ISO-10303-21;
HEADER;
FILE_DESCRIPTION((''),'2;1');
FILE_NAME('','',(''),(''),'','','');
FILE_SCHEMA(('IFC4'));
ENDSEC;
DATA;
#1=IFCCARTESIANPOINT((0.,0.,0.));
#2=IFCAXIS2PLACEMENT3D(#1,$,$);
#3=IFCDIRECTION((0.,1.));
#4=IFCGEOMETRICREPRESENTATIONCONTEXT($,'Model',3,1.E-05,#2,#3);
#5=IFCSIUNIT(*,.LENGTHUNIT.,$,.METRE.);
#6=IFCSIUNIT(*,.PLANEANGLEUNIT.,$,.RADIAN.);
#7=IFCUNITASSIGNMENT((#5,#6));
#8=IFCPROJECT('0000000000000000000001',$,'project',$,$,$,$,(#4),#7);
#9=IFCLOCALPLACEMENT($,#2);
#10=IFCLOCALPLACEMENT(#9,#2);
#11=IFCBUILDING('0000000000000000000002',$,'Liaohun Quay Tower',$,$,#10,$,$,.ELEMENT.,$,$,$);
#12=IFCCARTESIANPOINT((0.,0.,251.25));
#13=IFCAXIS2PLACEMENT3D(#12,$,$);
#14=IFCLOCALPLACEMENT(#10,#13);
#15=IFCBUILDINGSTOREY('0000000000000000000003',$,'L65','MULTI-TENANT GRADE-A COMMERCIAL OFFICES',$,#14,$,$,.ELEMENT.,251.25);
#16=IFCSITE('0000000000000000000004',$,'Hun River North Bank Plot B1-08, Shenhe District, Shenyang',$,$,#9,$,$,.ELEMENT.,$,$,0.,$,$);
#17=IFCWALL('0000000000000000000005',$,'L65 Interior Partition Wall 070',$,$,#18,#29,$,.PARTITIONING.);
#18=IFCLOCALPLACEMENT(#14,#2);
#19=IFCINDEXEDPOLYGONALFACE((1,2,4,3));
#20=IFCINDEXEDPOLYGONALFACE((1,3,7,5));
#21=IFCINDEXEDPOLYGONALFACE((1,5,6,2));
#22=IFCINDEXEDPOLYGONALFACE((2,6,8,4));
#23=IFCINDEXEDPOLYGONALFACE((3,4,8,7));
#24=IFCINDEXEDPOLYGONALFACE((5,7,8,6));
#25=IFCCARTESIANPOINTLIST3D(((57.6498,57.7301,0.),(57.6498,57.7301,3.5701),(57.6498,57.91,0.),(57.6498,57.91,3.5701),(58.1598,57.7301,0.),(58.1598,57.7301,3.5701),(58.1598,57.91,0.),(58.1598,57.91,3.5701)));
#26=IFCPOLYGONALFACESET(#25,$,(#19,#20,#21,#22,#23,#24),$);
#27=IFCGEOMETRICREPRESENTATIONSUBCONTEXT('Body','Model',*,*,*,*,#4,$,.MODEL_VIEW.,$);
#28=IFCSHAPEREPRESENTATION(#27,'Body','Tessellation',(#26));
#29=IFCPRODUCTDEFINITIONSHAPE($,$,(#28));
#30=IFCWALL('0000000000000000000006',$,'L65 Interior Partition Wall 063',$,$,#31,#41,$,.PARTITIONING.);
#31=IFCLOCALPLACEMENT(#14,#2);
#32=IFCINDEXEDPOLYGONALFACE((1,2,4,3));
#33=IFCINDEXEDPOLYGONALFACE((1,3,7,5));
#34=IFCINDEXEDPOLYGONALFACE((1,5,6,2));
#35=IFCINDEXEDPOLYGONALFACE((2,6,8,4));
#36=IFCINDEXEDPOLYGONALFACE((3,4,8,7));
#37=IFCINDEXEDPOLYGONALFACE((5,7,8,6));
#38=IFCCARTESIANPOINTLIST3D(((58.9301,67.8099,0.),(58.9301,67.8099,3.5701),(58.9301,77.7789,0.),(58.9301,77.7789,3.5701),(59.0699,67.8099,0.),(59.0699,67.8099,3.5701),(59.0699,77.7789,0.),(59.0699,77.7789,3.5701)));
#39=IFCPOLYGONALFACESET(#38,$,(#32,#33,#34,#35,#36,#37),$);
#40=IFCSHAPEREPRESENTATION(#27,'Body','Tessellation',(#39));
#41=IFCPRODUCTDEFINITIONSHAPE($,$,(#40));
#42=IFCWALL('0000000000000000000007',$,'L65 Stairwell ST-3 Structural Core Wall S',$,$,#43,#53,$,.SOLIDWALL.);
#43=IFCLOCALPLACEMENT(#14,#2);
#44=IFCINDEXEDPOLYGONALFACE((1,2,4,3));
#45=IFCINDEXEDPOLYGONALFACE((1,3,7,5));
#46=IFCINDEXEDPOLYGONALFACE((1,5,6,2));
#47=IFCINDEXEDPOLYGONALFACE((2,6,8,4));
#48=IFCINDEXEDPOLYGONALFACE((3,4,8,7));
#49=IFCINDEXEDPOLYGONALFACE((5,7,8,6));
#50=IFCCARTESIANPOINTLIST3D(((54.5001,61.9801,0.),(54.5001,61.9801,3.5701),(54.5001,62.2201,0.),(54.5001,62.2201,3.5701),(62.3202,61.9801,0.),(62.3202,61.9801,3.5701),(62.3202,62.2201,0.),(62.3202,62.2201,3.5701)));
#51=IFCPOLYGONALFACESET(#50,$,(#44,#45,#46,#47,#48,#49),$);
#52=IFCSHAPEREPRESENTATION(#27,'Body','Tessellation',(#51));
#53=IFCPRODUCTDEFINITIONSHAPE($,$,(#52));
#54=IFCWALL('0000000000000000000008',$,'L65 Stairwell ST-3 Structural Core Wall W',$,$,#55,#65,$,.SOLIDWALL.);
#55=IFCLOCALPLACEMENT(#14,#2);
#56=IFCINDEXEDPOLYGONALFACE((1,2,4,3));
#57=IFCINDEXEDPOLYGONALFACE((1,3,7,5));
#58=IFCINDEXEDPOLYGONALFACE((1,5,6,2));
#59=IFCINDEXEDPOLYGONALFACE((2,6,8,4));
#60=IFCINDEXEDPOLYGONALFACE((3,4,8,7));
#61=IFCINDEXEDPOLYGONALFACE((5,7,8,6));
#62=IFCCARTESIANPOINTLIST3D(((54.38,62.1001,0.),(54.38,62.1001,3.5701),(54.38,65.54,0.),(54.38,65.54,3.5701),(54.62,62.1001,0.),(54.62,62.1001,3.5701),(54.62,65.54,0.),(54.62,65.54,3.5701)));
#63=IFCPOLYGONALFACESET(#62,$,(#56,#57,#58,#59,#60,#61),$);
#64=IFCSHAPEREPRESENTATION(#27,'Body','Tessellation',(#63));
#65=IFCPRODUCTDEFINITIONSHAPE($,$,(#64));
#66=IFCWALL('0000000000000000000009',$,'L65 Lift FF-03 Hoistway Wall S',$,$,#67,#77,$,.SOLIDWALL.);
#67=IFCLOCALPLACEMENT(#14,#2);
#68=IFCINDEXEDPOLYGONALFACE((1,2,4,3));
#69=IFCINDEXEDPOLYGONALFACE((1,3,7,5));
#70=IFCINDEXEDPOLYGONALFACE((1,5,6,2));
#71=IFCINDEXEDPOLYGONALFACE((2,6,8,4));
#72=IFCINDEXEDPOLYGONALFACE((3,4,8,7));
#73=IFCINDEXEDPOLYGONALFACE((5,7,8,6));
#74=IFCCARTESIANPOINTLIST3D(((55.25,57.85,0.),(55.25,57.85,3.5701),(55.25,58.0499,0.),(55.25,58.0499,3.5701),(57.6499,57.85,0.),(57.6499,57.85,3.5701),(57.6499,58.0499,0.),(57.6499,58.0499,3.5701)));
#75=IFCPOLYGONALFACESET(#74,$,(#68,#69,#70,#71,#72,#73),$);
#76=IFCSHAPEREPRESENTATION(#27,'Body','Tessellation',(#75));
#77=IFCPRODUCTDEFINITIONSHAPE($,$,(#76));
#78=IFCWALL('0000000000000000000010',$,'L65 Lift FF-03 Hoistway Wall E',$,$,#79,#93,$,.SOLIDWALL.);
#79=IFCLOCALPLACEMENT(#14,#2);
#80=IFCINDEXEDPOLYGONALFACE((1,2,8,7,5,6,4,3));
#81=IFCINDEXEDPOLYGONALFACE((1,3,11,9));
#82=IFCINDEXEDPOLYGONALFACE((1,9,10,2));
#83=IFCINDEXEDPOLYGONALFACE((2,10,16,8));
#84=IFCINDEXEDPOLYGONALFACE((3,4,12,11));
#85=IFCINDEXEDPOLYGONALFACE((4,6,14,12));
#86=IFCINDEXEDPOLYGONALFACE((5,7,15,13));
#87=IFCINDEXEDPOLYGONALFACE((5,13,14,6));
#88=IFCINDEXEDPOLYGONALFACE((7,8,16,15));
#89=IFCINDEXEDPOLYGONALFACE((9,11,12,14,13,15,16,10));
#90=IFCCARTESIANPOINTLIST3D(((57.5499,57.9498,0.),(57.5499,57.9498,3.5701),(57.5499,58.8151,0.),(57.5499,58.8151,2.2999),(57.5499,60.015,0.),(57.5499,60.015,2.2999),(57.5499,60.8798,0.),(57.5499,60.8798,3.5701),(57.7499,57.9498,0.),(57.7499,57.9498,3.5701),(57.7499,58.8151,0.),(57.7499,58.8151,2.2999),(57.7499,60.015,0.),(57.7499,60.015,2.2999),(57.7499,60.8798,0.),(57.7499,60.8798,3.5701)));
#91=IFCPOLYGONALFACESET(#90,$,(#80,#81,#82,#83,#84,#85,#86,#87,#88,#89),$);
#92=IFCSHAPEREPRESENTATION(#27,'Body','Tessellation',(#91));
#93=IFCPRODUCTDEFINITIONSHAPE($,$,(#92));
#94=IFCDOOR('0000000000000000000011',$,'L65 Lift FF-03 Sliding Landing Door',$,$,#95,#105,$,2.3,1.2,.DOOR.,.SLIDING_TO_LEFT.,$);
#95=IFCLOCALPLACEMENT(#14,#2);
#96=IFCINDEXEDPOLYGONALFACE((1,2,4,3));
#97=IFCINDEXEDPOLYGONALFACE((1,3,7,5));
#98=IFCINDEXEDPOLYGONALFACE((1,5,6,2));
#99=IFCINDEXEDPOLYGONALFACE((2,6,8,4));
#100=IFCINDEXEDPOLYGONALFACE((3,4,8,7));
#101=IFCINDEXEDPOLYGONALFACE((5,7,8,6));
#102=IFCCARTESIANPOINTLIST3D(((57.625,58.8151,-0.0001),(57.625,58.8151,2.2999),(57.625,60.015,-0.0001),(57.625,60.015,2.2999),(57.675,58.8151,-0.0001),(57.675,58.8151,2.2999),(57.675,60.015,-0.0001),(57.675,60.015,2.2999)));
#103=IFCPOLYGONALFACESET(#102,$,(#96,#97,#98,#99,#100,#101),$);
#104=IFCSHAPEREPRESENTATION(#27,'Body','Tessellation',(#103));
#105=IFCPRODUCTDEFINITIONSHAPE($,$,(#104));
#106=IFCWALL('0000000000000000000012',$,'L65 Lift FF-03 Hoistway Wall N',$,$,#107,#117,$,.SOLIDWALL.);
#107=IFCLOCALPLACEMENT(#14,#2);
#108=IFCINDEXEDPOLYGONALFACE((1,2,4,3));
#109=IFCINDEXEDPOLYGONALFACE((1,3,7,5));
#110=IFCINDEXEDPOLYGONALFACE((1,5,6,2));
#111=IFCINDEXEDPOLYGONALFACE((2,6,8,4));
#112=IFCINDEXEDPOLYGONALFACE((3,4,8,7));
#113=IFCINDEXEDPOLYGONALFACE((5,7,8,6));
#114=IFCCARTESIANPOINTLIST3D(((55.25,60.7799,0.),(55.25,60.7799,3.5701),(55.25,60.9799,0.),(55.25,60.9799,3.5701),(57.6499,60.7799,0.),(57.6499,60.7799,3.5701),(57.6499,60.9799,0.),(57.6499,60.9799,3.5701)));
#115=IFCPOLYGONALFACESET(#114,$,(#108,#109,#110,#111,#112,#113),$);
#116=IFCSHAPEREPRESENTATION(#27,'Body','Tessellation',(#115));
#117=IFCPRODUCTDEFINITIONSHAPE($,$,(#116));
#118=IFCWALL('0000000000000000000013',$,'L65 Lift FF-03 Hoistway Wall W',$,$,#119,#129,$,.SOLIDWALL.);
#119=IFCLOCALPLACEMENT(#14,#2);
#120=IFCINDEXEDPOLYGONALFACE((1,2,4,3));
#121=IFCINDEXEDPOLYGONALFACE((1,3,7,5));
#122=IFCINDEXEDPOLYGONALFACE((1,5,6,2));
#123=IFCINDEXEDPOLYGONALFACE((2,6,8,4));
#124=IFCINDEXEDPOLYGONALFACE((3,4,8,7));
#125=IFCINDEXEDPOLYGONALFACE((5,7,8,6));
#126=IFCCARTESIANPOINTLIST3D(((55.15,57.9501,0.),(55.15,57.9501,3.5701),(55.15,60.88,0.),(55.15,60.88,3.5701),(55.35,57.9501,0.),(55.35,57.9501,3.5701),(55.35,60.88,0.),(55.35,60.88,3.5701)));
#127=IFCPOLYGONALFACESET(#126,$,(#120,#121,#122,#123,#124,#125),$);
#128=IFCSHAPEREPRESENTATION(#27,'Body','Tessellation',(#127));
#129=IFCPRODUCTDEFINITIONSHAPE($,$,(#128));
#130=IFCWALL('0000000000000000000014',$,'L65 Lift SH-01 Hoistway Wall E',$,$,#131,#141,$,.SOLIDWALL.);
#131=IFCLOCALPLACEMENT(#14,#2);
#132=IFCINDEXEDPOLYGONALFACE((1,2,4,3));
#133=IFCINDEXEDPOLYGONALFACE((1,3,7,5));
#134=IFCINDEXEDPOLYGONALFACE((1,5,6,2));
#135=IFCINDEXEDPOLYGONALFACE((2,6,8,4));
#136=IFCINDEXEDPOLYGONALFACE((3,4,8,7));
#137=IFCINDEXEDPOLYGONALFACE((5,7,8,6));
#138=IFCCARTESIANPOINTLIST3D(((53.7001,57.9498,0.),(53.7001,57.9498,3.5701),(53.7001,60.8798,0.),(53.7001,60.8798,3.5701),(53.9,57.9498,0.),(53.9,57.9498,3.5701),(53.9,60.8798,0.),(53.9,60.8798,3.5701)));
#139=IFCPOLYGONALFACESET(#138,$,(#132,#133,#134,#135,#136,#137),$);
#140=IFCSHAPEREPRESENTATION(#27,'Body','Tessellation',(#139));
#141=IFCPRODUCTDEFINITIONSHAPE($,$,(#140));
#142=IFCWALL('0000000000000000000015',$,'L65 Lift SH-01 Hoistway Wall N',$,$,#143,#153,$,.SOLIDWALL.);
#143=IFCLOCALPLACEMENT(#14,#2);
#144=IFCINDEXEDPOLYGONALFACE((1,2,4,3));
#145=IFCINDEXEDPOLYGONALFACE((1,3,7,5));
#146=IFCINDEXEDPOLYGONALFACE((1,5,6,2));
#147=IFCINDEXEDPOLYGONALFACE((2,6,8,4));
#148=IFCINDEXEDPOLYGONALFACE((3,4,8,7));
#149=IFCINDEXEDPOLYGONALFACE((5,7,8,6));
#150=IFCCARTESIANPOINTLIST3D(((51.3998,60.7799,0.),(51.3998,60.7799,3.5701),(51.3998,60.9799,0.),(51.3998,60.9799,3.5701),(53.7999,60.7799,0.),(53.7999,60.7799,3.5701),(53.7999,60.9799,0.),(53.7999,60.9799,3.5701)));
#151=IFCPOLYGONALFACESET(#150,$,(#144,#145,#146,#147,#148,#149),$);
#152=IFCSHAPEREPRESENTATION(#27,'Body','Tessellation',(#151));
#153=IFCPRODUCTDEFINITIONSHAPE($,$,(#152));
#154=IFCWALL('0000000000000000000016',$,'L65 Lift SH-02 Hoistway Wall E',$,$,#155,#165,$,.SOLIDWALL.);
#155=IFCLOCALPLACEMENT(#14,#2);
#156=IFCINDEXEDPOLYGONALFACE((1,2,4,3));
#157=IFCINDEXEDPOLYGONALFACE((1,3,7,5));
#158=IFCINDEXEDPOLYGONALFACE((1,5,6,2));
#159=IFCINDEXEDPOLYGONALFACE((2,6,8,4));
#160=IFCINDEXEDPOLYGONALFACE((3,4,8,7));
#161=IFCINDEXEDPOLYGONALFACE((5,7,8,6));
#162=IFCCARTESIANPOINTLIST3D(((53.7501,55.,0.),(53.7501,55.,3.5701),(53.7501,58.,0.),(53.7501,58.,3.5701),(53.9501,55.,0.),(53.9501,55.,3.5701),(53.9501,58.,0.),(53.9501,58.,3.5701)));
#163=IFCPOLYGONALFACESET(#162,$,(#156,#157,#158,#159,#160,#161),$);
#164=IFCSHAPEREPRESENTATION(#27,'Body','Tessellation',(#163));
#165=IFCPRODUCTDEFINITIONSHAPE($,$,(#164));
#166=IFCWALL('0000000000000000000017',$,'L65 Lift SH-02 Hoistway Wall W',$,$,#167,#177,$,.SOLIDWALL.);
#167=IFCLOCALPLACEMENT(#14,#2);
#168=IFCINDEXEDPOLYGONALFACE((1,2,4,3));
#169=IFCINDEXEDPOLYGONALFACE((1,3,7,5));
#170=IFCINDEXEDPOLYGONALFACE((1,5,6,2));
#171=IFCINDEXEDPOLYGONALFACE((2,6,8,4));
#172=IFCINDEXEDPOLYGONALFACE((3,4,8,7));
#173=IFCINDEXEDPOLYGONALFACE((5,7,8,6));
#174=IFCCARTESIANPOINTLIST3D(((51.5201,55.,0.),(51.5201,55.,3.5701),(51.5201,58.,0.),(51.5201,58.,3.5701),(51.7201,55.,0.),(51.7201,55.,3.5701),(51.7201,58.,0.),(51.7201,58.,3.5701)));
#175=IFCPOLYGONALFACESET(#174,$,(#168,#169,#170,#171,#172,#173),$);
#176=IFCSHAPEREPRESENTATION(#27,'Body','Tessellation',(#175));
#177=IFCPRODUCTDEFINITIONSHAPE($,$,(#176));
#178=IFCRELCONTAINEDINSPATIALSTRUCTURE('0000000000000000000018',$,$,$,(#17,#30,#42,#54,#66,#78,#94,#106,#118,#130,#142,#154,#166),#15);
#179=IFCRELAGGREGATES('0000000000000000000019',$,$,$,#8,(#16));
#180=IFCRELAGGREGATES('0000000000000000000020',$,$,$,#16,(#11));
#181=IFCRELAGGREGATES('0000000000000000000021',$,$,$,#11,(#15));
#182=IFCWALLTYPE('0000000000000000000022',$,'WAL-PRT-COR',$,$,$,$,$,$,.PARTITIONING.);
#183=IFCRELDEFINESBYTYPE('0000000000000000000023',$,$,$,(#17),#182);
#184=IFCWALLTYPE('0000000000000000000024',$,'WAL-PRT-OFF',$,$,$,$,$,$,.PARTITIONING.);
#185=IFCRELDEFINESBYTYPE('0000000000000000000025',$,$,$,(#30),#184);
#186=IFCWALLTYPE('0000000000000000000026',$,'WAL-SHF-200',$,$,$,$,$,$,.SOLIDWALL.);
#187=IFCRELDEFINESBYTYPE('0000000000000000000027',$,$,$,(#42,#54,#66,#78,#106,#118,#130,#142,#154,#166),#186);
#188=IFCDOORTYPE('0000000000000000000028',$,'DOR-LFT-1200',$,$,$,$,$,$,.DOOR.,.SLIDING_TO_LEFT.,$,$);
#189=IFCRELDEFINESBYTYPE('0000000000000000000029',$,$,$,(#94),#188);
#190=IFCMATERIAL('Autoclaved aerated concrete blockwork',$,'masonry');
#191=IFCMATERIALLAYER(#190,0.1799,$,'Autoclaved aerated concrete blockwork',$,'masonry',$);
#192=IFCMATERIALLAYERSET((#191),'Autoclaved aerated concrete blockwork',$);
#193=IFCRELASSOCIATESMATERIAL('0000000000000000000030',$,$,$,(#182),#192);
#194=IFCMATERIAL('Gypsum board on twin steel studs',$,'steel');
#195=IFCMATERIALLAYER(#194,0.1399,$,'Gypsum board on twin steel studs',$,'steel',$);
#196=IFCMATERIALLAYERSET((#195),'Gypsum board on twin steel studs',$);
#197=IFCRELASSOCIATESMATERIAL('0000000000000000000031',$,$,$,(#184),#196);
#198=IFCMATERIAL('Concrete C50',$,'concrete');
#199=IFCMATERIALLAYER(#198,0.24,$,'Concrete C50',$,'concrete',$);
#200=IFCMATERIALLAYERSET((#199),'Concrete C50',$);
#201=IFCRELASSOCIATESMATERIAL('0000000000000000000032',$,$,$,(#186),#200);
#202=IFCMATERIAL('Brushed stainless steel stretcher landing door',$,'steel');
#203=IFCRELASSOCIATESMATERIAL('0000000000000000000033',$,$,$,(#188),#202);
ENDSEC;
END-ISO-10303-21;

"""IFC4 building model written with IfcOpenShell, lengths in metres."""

from ifc_helpers import new_model, si_unit, direction, frame, frame_2d, origin, place, context, subcontext, project, spatial, rectangle, extrude, source, transform, mapped, material, layer, layer_set, type_object, element, fill, save


model = new_model("IFC4")

# Units and contexts
model_context = context("Model", 3, precision=1e-05, world=origin(), true_north=direction((0.0, 1.0)))
body_context = subcontext(model_context, "Body", "Model", "MODEL_VIEW")
ifc_project = project(units=[si_unit("LENGTHUNIT", "METRE"), si_unit("PLANEANGLEUNIT", "RADIAN")], contexts=[model_context])

# Site, building, storey
site_placement = place(None, origin())
site = spatial("IfcSite", under=ifc_project, at=site_placement, Name="Hun River North Bank Plot B1-08, Shenhe District, Shenyang", CompositionType="ELEMENT", RefElevation=0.0)
building_placement = place(site_placement, origin())
building = spatial("IfcBuilding", under=site, at=building_placement, Name="Liaohun Quay Tower", CompositionType="ELEMENT")
storey_placement = place(building_placement, frame((0.0, 0.0, 251.25)))
storey = spatial("IfcBuildingStorey", under=building, at=storey_placement, Name="L65", Description="MULTI-TENANT GRADE-A COMMERCIAL OFFICES", CompositionType="ELEMENT", Elevation=251.25)

# Shared definitions
ifc_material_1 = material(Name="Autoclaved aerated concrete blockwork", Category="masonry")
ifc_layer_1 = layer(ifc_material_1, 0.1799, Name="Autoclaved aerated concrete blockwork", Category="masonry")
ifc_layer_set_1 = layer_set([ifc_layer_1], Name="Autoclaved aerated concrete blockwork")
wall_type_1 = type_object("IfcWallType", Name="WAL-PRT-COR", PredefinedType="PARTITIONING", material=ifc_layer_set_1)

# Walls
wall_1_placement = place(storey_placement, frame((57.6499, 57.8201, 0.0), z_axis=(0.0, 0.0, 1.0), x_axis=(1.0, 0.0, 0.0)))
element("IfcWall", 1, at=wall_1_placement, inside=storey, type_object=wall_type_1, Name="L65 Interior Partition Wall 070", PredefinedType="PARTITIONING", context=body_context, shape_type="SweptSolid", body=[
    extrude(rectangle(XDim=0.51, YDim=0.1799, at=frame_2d((0.2549, 0.0))), origin(), (0.0, 0.0, 1.0), 3.5701),
])
ifc_material_2 = material(Name="Gypsum board on twin steel studs", Category="steel")
ifc_layer_2 = layer(ifc_material_2, 0.1399, Name="Gypsum board on twin steel studs", Category="steel")
ifc_layer_set_2 = layer_set([ifc_layer_2], Name="Gypsum board on twin steel studs")
wall_type_2 = type_object("IfcWallType", Name="WAL-PRT-OFF", PredefinedType="PARTITIONING", material=ifc_layer_set_2)
wall_2_placement = place(storey_placement, frame((59.0, 67.8101, 0.0), z_axis=(0.0, 0.0, 1.0), x_axis=(0.0, 1.0, 0.0)))
element("IfcWall", 2, at=wall_2_placement, inside=storey, type_object=wall_type_2, Name="L65 Interior Partition Wall 063", PredefinedType="PARTITIONING", context=body_context, shape_type="SweptSolid", body=[
    extrude(rectangle(XDim=9.969, YDim=0.1399, at=frame_2d((4.9844, 0.0))), origin(), (0.0, 0.0, 1.0), 3.5701),
])
ifc_material_3 = material(Name="Concrete C50", Category="concrete")
ifc_layer_3 = layer(ifc_material_3, 0.24, Name="Concrete C50", Category="concrete")
ifc_layer_set_3 = layer_set([ifc_layer_3], Name="Concrete C50")
wall_type_3 = type_object("IfcWallType", Name="WAL-SHF-200", PredefinedType="SOLIDWALL", material=ifc_layer_set_3)
wall_3_placement = place(storey_placement, frame((54.5, 62.1001, 0.0), z_axis=(0.0, 0.0, 1.0), x_axis=(1.0, 0.0, 0.0)))
element("IfcWall", 3, at=wall_3_placement, inside=storey, type_object=wall_type_3, Name="L65 Stairwell ST-3 Structural Core Wall S", PredefinedType="SOLIDWALL", context=body_context, shape_type="SweptSolid", body=[
    extrude(rectangle(XDim=7.8201, YDim=0.24, at=frame_2d((3.9102, 0.0))), origin(), (0.0, 0.0, 1.0), 3.5701),
])
wall_4_placement = place(storey_placement, frame((54.5, 65.54, 0.0), z_axis=(0.0, 0.0, 1.0), x_axis=(0.0, -1.0, 0.0)))
element("IfcWall", 4, at=wall_4_placement, inside=storey, type_object=wall_type_3, Name="L65 Stairwell ST-3 Structural Core Wall W", PredefinedType="SOLIDWALL", context=body_context, shape_type="SweptSolid", body=[
    extrude(rectangle(XDim=3.4399, YDim=0.24, at=frame_2d((1.72, 0.0))), origin(), (0.0, 0.0, 1.0), 3.5701),
])
wall_5_placement = place(storey_placement, frame((55.25, 57.95, 0.0), z_axis=(0.0, 0.0, 1.0), x_axis=(1.0, 0.0, 0.0)))
element("IfcWall", 5, at=wall_5_placement, inside=storey, type_object=wall_type_3, Name="L65 Lift FF-03 Hoistway Wall S", PredefinedType="SOLIDWALL", context=body_context, shape_type="SweptSolid", body=[
    extrude(rectangle(XDim=2.3999, YDim=0.2, at=frame_2d((1.2, 0.0))), origin(), (0.0, 0.0, 1.0), 3.5701),
])

# Wall, opening, door
wall_6_placement = place(storey_placement, frame((57.6499, 57.95, 0.0), z_axis=(0.0, 0.0, 1.0), x_axis=(0.0, 1.0, 0.0)))
wall_6 = element("IfcWall", 6, at=wall_6_placement, inside=storey, type_object=wall_type_3, Name="L65 Lift FF-03 Hoistway Wall E", PredefinedType="SOLIDWALL", context=body_context, shape_type="SweptSolid", body=[
    extrude(rectangle(XDim=2.9299, YDim=0.2, at=frame_2d((1.4648, 0.0))), origin(), (0.0, 0.0, 1.0), 3.5701),
])
shared_shape_1 = source(origin(), body_context, "Body", "SweptSolid", [
    extrude(rectangle(XDim=1.2, YDim=2.3, at=frame_2d((0.6001, 1.1499))), frame((0.0, 0.1099, 0.0), z_axis=(0.0, -1.0, 0.0), x_axis=(1.0, 0.0, 0.0)), (0.0, 0.0, 1.0), 0.22),
])
opening_1_placement = place(wall_6_placement, frame((0.865, 0.0, 0.0)))
opening_1 = element("IfcOpeningElement", 7, at=opening_1_placement, cuts=wall_6, PredefinedType="OPENING", context=body_context, shape_type="MappedRepresentation", body=[
    mapped(shared_shape_1, transform((0.0, 0.0, 0.0), x_axis=(1.0, 0.0, 0.0), y_axis=(0.0, 1.0, 0.0), z_axis=(0.0, 0.0, 1.0), scale=1.0)),
])
ifc_material_4 = material(Name="Brushed stainless steel stretcher landing door", Category="steel")
door_type_1 = type_object("IfcDoorType", Name="DOR-LFT-1200", OperationType="SLIDING_TO_LEFT", PredefinedType="DOOR", material=ifc_material_4)
shared_shape_2 = source(origin(), body_context, "Body", "SweptSolid", [
    extrude(rectangle(XDim=1.2, YDim=2.3, at=frame_2d((0.6001, 1.1499))), frame((0.0, 0.0249, 0.0), z_axis=(0.0, -1.0, 0.0), x_axis=(1.0, 0.0, 0.0)), (0.0, 0.0, 1.0), 0.05),
])
door_1_placement = place(opening_1_placement, origin())
door_1 = element("IfcDoor", 8, at=door_1_placement, inside=storey, type_object=door_type_1, Name="L65 Lift FF-03 Sliding Landing Door", OperationType="SLIDING_TO_LEFT", OverallHeight=2.3, OverallWidth=1.2, PredefinedType="DOOR", context=body_context, shape_type="MappedRepresentation", body=[
    mapped(shared_shape_2, transform((0.0, 0.0, 0.0), x_axis=(1.0, 0.0, 0.0), y_axis=(0.0, 1.0, 0.0), z_axis=(0.0, 0.0, 1.0), scale=1.0)),
])
fill(opening_1, door_1)

# Walls
wall_7_placement = place(storey_placement, frame((57.6499, 60.8799, 0.0), z_axis=(0.0, 0.0, 1.0), x_axis=(-1.0, 0.0, 0.0)))
element("IfcWall", 9, at=wall_7_placement, inside=storey, type_object=wall_type_3, Name="L65 Lift FF-03 Hoistway Wall N", PredefinedType="SOLIDWALL", context=body_context, shape_type="SweptSolid", body=[
    extrude(rectangle(XDim=2.3999, YDim=0.2, at=frame_2d((1.2, 0.0))), origin(), (0.0, 0.0, 1.0), 3.5701),
])
for number, where, z_axis, x_axis, name in (
    (10, (55.25, 60.8799, 0.0), (0.0, 0.0, 1.0), (0.0, -1.0, 0.0), "L65 Lift FF-03 Hoistway Wall W"),
    (11, (53.8, 57.95, 0.0), (0.0, 0.0, 1.0), (0.0, 1.0, 0.0), "L65 Lift SH-01 Hoistway Wall E"),
):
    element("IfcWall", number, at=place(storey_placement, frame(where, z_axis=z_axis, x_axis=x_axis)), inside=storey, type_object=wall_type_3, Name=name, PredefinedType="SOLIDWALL", context=body_context, shape_type="SweptSolid", body=[
        extrude(rectangle(XDim=2.9299, YDim=0.2, at=frame_2d((1.4648, 0.0))), origin(), (0.0, 0.0, 1.0), 3.5701),
    ])
wall_8_placement = place(storey_placement, frame((53.8, 60.8799, 0.0), z_axis=(0.0, 0.0, 1.0), x_axis=(-1.0, 0.0, 0.0)))
element("IfcWall", 12, at=wall_8_placement, inside=storey, type_object=wall_type_3, Name="L65 Lift SH-01 Hoistway Wall N", PredefinedType="SOLIDWALL", context=body_context, shape_type="SweptSolid", body=[
    extrude(rectangle(XDim=2.4001, YDim=0.2, at=frame_2d((1.2002, 0.0))), origin(), (0.0, 0.0, 1.0), 3.5701),
])
for number, where, z_axis, x_axis, name in (
    (13, (53.8501, 55.0, 0.0), (0.0, 0.0, 1.0), (0.0, 1.0, 0.0), "L65 Lift SH-02 Hoistway Wall E"),
    (14, (51.6201, 58.0, 0.0), (0.0, 0.0, 1.0), (0.0, -1.0, 0.0), "L65 Lift SH-02 Hoistway Wall W"),
):
    element("IfcWall", number, at=place(storey_placement, frame(where, z_axis=z_axis, x_axis=x_axis)), inside=storey, type_object=wall_type_3, Name=name, PredefinedType="SOLIDWALL", context=body_context, shape_type="SweptSolid", body=[
        extrude(rectangle(XDim=3.0, YDim=0.2, at=frame_2d((1.5, 0.0))), origin(), (0.0, 0.0, 1.0), 3.5701),
    ])

save(model, "model.ifc")
